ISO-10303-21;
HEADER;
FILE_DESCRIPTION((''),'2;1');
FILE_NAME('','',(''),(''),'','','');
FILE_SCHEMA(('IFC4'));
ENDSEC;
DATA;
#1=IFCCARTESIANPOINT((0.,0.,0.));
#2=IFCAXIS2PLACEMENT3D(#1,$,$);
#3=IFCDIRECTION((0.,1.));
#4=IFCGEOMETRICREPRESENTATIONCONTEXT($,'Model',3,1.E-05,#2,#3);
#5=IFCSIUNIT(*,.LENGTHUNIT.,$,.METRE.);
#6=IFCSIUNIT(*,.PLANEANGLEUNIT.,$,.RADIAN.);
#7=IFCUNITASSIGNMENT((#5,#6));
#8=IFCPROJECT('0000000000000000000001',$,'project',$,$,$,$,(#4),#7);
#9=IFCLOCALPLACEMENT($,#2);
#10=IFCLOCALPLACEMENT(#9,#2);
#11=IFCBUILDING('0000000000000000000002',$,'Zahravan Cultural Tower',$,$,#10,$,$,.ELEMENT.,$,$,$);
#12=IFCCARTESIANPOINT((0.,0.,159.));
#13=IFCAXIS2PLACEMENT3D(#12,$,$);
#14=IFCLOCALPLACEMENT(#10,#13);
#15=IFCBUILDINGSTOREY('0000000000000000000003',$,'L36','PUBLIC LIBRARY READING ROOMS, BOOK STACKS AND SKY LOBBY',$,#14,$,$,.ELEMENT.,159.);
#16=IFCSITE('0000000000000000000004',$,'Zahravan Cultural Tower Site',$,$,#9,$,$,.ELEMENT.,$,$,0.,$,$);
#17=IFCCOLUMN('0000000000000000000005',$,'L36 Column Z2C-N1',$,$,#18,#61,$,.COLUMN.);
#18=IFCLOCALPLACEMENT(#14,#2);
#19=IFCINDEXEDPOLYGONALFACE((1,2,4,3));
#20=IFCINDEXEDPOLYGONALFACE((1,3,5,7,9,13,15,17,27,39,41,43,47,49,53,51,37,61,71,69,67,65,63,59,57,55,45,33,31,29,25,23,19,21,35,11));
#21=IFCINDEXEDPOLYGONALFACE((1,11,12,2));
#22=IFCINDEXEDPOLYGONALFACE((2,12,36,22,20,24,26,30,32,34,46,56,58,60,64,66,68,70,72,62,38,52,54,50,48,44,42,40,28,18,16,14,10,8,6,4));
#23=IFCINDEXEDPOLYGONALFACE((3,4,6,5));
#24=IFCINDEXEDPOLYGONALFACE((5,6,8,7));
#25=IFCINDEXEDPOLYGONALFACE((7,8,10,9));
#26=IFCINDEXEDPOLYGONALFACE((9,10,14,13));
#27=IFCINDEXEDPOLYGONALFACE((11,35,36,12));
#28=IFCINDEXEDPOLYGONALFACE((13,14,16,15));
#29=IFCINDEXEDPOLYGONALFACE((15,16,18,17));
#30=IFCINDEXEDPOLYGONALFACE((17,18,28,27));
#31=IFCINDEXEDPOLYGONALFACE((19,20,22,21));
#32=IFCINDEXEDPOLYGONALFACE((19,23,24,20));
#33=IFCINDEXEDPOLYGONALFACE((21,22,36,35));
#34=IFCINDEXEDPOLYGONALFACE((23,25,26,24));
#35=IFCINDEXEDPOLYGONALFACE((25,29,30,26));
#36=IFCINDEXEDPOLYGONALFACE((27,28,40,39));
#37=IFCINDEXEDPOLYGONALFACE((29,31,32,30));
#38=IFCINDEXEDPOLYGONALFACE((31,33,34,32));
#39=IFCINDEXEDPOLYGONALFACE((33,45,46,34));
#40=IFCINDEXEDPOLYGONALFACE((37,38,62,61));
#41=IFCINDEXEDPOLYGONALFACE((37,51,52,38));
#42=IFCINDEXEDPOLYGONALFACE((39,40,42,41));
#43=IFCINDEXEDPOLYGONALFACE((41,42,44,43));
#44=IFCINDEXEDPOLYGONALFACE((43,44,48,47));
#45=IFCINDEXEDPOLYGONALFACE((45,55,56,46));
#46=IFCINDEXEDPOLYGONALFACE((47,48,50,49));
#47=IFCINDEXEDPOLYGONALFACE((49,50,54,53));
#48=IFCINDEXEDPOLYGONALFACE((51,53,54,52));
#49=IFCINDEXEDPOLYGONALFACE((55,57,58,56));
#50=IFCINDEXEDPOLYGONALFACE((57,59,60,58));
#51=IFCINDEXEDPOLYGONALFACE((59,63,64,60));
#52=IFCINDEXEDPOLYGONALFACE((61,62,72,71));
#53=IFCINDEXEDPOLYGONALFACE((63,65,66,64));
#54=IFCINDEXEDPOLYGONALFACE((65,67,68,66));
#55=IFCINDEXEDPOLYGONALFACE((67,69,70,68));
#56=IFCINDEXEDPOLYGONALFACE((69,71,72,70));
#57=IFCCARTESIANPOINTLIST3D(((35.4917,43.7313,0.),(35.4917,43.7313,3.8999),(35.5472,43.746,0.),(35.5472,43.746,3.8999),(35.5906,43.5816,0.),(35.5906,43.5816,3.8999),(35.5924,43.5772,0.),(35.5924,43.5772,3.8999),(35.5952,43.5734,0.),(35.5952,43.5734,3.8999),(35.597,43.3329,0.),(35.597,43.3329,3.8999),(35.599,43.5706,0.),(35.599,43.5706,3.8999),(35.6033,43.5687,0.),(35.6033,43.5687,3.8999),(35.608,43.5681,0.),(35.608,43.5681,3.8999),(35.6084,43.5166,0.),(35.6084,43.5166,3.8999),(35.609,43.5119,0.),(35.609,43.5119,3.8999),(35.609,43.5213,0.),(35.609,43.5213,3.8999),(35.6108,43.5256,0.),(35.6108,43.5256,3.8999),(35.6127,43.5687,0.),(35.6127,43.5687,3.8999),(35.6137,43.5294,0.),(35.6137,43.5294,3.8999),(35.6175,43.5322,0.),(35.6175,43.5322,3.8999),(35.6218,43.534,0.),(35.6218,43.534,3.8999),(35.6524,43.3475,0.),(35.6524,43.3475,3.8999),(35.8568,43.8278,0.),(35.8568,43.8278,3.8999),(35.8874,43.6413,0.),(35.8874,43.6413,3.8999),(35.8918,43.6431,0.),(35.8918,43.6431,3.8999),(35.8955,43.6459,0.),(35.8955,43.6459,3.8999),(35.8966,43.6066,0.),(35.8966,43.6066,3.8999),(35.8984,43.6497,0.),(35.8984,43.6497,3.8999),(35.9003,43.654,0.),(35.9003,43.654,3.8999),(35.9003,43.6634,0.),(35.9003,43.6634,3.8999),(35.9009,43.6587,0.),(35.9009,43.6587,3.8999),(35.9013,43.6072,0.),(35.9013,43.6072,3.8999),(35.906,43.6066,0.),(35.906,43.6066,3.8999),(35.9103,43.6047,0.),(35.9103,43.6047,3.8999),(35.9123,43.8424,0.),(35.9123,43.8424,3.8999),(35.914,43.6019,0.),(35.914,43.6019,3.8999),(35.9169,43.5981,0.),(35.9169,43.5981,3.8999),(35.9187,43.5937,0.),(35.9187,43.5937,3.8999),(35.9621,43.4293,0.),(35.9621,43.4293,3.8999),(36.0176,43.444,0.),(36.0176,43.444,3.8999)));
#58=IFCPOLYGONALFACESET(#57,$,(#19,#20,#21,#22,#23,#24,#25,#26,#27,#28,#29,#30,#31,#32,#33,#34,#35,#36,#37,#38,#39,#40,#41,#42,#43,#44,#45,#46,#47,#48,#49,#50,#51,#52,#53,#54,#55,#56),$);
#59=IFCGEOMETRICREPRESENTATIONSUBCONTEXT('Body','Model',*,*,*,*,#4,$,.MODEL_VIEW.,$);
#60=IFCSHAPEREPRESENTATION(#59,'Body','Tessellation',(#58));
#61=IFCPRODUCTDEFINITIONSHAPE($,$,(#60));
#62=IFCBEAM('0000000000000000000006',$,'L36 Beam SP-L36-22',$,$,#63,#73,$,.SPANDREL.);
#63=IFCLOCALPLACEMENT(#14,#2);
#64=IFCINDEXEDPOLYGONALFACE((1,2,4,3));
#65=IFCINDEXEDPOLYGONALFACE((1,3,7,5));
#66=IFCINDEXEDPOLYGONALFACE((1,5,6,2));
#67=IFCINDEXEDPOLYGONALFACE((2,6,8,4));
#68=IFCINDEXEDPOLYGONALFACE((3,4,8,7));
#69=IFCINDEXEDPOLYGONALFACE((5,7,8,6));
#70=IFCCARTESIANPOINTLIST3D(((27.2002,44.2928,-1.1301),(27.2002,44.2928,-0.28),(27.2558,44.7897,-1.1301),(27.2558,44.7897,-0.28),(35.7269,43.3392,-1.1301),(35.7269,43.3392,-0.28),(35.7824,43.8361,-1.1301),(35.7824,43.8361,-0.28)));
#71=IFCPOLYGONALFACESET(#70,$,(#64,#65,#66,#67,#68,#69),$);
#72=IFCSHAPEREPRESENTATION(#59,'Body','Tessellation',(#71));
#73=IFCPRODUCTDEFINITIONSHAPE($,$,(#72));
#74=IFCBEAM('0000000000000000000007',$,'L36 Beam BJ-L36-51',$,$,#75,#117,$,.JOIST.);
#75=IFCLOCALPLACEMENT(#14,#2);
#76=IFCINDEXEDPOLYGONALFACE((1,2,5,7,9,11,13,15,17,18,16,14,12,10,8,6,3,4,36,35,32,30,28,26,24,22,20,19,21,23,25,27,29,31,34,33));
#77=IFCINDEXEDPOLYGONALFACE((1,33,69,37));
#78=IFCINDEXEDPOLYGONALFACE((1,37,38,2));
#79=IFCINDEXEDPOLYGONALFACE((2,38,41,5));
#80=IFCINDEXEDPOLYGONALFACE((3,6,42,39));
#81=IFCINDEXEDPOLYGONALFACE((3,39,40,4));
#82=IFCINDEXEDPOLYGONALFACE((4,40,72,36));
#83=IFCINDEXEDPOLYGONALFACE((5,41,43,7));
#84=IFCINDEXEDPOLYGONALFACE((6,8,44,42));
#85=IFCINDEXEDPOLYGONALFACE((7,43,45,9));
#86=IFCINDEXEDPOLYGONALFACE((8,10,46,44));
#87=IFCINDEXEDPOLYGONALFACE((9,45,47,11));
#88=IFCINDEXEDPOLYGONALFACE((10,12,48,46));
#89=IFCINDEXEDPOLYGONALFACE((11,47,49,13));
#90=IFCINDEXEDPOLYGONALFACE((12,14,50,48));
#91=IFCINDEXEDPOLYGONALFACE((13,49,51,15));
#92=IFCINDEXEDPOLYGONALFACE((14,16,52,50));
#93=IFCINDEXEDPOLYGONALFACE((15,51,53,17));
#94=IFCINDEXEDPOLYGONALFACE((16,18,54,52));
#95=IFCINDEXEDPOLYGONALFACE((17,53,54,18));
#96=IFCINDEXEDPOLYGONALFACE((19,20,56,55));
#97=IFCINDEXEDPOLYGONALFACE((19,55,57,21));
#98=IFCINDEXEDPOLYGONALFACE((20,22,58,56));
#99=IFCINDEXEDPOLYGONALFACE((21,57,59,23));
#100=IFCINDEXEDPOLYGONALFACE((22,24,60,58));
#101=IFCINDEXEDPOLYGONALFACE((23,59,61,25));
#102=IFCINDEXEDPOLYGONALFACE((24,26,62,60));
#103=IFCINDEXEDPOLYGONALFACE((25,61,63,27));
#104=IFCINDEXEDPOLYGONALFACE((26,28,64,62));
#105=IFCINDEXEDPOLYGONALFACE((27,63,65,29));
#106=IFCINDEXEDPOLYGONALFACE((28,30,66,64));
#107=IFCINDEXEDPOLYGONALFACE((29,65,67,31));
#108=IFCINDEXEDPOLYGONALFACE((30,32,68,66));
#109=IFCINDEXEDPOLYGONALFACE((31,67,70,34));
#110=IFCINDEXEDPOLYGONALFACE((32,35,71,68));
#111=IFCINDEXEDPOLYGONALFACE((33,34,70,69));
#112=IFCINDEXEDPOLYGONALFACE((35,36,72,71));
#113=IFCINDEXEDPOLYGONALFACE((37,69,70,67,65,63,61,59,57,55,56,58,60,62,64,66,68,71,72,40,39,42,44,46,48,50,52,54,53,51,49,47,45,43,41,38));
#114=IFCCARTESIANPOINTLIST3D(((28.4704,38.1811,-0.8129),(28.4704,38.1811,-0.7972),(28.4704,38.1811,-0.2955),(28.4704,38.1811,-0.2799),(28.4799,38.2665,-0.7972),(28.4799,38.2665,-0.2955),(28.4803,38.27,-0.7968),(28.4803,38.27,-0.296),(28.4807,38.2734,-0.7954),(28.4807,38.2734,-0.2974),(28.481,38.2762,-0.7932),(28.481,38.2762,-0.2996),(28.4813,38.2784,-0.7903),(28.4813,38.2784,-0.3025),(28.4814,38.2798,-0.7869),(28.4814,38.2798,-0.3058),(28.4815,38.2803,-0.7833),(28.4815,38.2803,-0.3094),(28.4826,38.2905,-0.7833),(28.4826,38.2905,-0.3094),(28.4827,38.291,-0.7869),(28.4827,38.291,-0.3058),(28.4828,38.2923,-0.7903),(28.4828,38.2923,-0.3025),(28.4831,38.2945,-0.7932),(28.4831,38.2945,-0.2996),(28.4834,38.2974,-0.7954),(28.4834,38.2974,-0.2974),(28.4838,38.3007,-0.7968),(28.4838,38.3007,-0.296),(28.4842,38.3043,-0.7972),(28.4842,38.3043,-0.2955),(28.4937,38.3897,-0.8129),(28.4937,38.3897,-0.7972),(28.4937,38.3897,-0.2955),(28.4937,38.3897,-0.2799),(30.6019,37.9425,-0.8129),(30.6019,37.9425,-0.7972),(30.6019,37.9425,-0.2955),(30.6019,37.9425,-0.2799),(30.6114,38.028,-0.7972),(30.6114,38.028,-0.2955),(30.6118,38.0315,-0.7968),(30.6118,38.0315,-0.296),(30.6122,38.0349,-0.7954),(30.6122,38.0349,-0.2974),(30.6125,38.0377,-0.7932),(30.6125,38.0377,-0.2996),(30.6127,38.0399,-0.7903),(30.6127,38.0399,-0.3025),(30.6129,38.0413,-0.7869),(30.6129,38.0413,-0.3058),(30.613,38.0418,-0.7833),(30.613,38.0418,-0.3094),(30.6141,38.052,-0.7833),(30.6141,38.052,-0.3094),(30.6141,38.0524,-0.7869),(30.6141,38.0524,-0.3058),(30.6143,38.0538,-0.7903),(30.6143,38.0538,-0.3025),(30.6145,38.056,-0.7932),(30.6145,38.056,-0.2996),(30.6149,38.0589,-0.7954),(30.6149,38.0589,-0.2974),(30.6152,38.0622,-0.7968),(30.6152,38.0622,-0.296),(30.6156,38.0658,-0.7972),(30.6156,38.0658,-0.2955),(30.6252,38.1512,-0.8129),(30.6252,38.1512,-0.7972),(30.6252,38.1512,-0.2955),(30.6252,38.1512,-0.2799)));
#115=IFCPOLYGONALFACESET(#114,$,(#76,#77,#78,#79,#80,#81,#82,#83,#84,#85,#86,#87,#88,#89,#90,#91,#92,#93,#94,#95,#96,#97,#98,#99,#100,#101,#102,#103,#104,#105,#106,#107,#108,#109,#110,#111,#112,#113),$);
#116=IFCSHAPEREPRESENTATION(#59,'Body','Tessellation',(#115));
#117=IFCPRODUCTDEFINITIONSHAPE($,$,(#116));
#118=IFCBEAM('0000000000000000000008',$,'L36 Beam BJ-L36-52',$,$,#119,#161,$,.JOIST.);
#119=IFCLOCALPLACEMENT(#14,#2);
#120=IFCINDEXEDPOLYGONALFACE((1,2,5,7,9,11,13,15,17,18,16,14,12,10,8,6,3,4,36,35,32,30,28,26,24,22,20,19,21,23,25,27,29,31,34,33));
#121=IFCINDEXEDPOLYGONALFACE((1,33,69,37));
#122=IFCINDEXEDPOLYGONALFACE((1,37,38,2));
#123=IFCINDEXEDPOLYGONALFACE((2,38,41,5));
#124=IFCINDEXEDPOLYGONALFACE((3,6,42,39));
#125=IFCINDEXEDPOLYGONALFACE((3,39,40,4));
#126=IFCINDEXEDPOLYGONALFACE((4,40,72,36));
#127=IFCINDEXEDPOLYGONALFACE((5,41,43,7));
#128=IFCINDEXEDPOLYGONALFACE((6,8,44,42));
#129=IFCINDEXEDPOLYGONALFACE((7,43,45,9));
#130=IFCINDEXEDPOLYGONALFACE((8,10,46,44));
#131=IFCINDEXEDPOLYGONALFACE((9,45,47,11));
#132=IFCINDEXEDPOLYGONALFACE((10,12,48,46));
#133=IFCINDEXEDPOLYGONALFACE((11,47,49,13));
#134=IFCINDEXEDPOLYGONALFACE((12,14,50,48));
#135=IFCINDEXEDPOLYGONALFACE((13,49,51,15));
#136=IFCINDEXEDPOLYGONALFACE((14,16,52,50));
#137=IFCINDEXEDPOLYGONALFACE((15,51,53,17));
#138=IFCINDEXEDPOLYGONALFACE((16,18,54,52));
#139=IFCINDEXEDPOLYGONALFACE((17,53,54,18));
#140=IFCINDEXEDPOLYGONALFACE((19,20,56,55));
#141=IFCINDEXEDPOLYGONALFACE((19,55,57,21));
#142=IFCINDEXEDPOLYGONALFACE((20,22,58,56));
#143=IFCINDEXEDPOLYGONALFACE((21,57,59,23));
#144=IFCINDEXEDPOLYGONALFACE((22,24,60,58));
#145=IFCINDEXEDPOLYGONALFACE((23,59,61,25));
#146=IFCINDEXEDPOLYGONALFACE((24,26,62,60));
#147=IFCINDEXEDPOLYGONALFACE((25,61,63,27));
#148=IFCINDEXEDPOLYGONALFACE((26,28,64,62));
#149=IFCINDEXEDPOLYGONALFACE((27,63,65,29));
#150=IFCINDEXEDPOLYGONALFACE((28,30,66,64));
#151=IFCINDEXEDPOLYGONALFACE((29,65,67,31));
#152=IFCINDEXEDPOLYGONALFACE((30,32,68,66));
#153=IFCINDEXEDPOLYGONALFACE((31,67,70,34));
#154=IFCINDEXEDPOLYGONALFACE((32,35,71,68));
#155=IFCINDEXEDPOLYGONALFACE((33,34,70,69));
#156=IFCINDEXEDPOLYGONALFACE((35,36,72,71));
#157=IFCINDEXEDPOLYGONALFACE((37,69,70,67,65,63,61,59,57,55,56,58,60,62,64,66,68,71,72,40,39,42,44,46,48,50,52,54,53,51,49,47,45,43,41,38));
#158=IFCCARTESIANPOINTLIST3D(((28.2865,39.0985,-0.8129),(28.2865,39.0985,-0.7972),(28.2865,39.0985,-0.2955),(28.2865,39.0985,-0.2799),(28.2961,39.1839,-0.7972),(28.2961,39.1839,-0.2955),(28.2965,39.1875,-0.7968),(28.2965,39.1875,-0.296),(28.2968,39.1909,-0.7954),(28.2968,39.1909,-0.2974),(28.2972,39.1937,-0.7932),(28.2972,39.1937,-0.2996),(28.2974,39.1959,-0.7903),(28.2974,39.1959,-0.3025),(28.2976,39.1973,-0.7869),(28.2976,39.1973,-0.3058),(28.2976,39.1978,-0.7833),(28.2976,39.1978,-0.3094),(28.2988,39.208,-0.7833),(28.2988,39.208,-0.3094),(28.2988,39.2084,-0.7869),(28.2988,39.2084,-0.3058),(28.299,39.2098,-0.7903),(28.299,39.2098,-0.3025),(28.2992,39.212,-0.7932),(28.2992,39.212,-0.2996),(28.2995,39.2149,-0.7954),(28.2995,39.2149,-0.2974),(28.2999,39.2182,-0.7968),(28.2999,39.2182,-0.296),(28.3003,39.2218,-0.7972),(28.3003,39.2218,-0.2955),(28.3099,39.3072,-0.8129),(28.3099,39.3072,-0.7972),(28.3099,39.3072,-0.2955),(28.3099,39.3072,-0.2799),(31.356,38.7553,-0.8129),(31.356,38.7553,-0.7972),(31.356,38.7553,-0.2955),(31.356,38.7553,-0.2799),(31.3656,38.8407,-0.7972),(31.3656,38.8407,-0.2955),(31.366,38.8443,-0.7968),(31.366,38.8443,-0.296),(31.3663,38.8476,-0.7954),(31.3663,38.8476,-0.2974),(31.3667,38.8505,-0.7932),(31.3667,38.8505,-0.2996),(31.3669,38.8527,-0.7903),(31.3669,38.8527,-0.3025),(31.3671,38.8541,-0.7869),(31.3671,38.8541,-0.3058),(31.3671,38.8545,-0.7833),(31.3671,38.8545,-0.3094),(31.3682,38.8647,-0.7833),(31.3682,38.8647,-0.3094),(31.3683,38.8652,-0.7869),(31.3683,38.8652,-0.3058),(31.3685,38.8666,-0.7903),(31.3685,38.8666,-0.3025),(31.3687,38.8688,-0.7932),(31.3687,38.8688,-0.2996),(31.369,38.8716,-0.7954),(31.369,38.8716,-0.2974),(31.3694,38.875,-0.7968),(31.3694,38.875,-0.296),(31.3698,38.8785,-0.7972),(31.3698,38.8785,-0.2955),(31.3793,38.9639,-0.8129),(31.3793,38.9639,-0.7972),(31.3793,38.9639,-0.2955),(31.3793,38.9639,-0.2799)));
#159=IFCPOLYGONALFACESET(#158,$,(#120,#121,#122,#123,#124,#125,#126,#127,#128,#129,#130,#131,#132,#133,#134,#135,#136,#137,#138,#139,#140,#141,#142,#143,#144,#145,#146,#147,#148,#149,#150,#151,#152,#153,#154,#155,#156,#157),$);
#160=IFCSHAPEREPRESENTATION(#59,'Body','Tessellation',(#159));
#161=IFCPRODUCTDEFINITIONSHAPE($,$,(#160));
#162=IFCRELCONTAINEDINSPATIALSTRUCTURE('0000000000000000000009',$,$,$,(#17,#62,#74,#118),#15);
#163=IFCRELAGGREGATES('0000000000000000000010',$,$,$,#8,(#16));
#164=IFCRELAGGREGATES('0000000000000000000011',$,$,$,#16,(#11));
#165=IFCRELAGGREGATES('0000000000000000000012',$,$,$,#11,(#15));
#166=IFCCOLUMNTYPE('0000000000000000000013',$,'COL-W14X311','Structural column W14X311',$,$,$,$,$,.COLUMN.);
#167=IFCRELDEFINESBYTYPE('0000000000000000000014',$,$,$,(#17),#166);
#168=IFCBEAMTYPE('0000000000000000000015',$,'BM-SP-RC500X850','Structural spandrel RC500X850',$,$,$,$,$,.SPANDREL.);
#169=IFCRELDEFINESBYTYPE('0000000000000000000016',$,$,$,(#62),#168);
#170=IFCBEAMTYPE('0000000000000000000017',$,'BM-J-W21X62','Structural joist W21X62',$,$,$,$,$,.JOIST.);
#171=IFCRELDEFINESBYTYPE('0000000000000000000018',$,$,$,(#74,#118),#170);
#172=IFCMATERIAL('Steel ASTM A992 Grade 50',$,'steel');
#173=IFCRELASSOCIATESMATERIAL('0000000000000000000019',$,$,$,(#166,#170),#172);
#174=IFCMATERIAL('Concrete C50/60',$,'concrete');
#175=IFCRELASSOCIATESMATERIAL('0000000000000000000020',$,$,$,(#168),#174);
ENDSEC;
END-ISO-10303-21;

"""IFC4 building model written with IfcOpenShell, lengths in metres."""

from ifc_helpers import new_model, si_unit, direction, frame, origin, origin_2d, place, context, subcontext, project, spatial, rectangle, i_section, extrude, source, transform, mapped, material, material_profile, profile_set, type_object, element, save


model = new_model("IFC4")

# Units and contexts
model_context = context("Model", 3, precision=1e-05, world=origin(), true_north=direction((0.0, 1.0)))
body_context = subcontext(model_context, "Body", "Model", "MODEL_VIEW")
ifc_project = project(units=[si_unit("LENGTHUNIT", "METRE"), si_unit("PLANEANGLEUNIT", "RADIAN")], contexts=[model_context])

# Site, building, storey
site_placement = place(None, origin())
site = spatial("IfcSite", under=ifc_project, at=site_placement, Name="Zahravan Cultural Tower Site", CompositionType="ELEMENT", RefElevation=0.0)
building_placement = place(site_placement, origin())
building = spatial("IfcBuilding", under=site, at=building_placement, Name="Zahravan Cultural Tower", CompositionType="ELEMENT")
storey_placement = place(building_placement, frame((0.0, 0.0, 159.0)))
storey = spatial("IfcBuildingStorey", under=building, at=storey_placement, Name="L36", Description="PUBLIC LIBRARY READING ROOMS, BOOK STACKS AND SKY LOBBY", CompositionType="ELEMENT", Elevation=159.0)

# Column
ifc_material_1 = material(Name="Steel ASTM A992 Grade 50", Category="steel")
ifc_material_profile_1 = material_profile(ifc_material_1, i_section(OverallWidth=0.4121, OverallDepth=0.4351, WebThickness=0.0359, FlangeThickness=0.0574, FilletRadius=0.0181, at=origin_2d()), Name="W14X311")
ifc_profile_set_1 = profile_set([ifc_material_profile_1], Name="Steel ASTM A992 Grade 50")
column_type = type_object("IfcColumnType", Name="COL-W14X311", Description="Structural column W14X311", PredefinedType="COLUMN", material=ifc_profile_set_1)
shared_shape_1 = source(origin(), body_context, "Body", "SweptSolid", [
    extrude(i_section(OverallWidth=0.4121, OverallDepth=0.4351, WebThickness=0.0359, FlangeThickness=0.0574, FilletRadius=0.0181, at=origin_2d()), origin(), (0.0, 0.0, 1.0), 3.8999),
])
column_placement = place(storey_placement, frame((35.7546, 43.5876, 0.0), z_axis=(0.0, 0.0, 1.0), x_axis=(-0.255446, 0.966823, 0.0)))
element("IfcColumn", 1, at=column_placement, inside=storey, type_object=column_type, Name="L36 Column Z2C-N1", PredefinedType="COLUMN", context=body_context, shape_type="MappedRepresentation", body=[
    mapped(shared_shape_1, transform((0.0, 0.0, 0.0), x_axis=(1.0, 0.0, 0.0), y_axis=(0.0, 1.0, 0.0), z_axis=(0.0, 0.0, 1.0), scale=1.0)),
])

# Beams
ifc_material_2 = material(Name="Concrete C50/60", Category="concrete")
ifc_material_profile_2 = material_profile(ifc_material_2, rectangle(XDim=0.5, YDim=0.8501, at=origin_2d()), Name="RC500X850")
ifc_profile_set_2 = profile_set([ifc_material_profile_2], Name="Concrete C50/60")
beam_type_1 = type_object("IfcBeamType", Name="BM-SP-RC500X850", Description="Structural spandrel RC500X850", PredefinedType="SPANDREL", material=ifc_profile_set_2)
shared_shape_2 = source(origin(), body_context, "Body", "SweptSolid", [
    extrude(rectangle(XDim=0.5, YDim=0.8501, at=origin_2d()), origin(), (0.0, 0.0, 1.0), 8.5798),
])
beam_1_placement = place(storey_placement, frame((35.7546, 43.5876, -0.7051), z_axis=(-0.993804, 0.111147, 0.0), x_axis=(-0.111147, -0.993804, 0.0)))
element("IfcBeam", 2, at=beam_1_placement, inside=storey, type_object=beam_type_1, Name="L36 Beam SP-L36-22", PredefinedType="SPANDREL", context=body_context, shape_type="MappedRepresentation", body=[
    mapped(shared_shape_2, transform((0.0, 0.0, 0.0), x_axis=(1.0, 0.0, 0.0), y_axis=(0.0, 1.0, 0.0), z_axis=(0.0, 0.0, 1.0), scale=1.0)),
])
ifc_material_profile_3 = material_profile(ifc_material_1, i_section(OverallWidth=0.21, OverallDepth=0.533, WebThickness=0.0103, FlangeThickness=0.0156, FilletRadius=0.0139, at=origin_2d()), Name="W21X62")
ifc_profile_set_3 = profile_set([ifc_material_profile_3], Name="Steel ASTM A992 Grade 50")
beam_type_2 = type_object("IfcBeamType", Name="BM-J-W21X62", Description="Structural joist W21X62", PredefinedType="JOIST", material=ifc_profile_set_3)
shared_shape_3 = source(origin(), body_context, "Body", "SweptSolid", [
    extrude(i_section(OverallWidth=0.21, OverallDepth=0.533, WebThickness=0.0103, FlangeThickness=0.0156, FilletRadius=0.0139, at=origin_2d()), origin(), (0.0, 0.0, 1.0), 2.1448),
])
beam_2_placement = place(storey_placement, frame((30.6135, 38.0469, -0.5464), z_axis=(-0.993797, 0.111206, 0.0), x_axis=(-0.111206, -0.993797, 0.0)))
element("IfcBeam", 3, at=beam_2_placement, inside=storey, type_object=beam_type_2, Name="L36 Beam BJ-L36-51", PredefinedType="JOIST", context=body_context, shape_type="MappedRepresentation", body=[
    mapped(shared_shape_3, transform((0.0, 0.0, 0.0), x_axis=(1.0, 0.0, 0.0), y_axis=(0.0, 1.0, 0.0), z_axis=(0.0, 0.0, 1.0), scale=1.0)),
])
shared_shape_4 = source(origin(), body_context, "Body", "SweptSolid", [
    extrude(i_section(OverallWidth=0.21, OverallDepth=0.533, WebThickness=0.0103, FlangeThickness=0.0156, FilletRadius=0.0139, at=origin_2d()), origin(), (0.0, 0.0, 1.0), 3.0886),
])
beam_3_placement = place(storey_placement, frame((31.3677, 38.8596, -0.5464), z_axis=(-0.993805, 0.111134, 0.0), x_axis=(-0.111134, -0.993805, 0.0)))
element("IfcBeam", 4, at=beam_3_placement, inside=storey, type_object=beam_type_2, Name="L36 Beam BJ-L36-52", PredefinedType="JOIST", context=body_context, shape_type="MappedRepresentation", body=[
    mapped(shared_shape_4, transform((0.0, 0.0, 0.0), x_axis=(1.0, 0.0, 0.0), y_axis=(0.0, 1.0, 0.0), z_axis=(0.0, 0.0, 1.0), scale=1.0)),
])

save(model, "model.ifc")
